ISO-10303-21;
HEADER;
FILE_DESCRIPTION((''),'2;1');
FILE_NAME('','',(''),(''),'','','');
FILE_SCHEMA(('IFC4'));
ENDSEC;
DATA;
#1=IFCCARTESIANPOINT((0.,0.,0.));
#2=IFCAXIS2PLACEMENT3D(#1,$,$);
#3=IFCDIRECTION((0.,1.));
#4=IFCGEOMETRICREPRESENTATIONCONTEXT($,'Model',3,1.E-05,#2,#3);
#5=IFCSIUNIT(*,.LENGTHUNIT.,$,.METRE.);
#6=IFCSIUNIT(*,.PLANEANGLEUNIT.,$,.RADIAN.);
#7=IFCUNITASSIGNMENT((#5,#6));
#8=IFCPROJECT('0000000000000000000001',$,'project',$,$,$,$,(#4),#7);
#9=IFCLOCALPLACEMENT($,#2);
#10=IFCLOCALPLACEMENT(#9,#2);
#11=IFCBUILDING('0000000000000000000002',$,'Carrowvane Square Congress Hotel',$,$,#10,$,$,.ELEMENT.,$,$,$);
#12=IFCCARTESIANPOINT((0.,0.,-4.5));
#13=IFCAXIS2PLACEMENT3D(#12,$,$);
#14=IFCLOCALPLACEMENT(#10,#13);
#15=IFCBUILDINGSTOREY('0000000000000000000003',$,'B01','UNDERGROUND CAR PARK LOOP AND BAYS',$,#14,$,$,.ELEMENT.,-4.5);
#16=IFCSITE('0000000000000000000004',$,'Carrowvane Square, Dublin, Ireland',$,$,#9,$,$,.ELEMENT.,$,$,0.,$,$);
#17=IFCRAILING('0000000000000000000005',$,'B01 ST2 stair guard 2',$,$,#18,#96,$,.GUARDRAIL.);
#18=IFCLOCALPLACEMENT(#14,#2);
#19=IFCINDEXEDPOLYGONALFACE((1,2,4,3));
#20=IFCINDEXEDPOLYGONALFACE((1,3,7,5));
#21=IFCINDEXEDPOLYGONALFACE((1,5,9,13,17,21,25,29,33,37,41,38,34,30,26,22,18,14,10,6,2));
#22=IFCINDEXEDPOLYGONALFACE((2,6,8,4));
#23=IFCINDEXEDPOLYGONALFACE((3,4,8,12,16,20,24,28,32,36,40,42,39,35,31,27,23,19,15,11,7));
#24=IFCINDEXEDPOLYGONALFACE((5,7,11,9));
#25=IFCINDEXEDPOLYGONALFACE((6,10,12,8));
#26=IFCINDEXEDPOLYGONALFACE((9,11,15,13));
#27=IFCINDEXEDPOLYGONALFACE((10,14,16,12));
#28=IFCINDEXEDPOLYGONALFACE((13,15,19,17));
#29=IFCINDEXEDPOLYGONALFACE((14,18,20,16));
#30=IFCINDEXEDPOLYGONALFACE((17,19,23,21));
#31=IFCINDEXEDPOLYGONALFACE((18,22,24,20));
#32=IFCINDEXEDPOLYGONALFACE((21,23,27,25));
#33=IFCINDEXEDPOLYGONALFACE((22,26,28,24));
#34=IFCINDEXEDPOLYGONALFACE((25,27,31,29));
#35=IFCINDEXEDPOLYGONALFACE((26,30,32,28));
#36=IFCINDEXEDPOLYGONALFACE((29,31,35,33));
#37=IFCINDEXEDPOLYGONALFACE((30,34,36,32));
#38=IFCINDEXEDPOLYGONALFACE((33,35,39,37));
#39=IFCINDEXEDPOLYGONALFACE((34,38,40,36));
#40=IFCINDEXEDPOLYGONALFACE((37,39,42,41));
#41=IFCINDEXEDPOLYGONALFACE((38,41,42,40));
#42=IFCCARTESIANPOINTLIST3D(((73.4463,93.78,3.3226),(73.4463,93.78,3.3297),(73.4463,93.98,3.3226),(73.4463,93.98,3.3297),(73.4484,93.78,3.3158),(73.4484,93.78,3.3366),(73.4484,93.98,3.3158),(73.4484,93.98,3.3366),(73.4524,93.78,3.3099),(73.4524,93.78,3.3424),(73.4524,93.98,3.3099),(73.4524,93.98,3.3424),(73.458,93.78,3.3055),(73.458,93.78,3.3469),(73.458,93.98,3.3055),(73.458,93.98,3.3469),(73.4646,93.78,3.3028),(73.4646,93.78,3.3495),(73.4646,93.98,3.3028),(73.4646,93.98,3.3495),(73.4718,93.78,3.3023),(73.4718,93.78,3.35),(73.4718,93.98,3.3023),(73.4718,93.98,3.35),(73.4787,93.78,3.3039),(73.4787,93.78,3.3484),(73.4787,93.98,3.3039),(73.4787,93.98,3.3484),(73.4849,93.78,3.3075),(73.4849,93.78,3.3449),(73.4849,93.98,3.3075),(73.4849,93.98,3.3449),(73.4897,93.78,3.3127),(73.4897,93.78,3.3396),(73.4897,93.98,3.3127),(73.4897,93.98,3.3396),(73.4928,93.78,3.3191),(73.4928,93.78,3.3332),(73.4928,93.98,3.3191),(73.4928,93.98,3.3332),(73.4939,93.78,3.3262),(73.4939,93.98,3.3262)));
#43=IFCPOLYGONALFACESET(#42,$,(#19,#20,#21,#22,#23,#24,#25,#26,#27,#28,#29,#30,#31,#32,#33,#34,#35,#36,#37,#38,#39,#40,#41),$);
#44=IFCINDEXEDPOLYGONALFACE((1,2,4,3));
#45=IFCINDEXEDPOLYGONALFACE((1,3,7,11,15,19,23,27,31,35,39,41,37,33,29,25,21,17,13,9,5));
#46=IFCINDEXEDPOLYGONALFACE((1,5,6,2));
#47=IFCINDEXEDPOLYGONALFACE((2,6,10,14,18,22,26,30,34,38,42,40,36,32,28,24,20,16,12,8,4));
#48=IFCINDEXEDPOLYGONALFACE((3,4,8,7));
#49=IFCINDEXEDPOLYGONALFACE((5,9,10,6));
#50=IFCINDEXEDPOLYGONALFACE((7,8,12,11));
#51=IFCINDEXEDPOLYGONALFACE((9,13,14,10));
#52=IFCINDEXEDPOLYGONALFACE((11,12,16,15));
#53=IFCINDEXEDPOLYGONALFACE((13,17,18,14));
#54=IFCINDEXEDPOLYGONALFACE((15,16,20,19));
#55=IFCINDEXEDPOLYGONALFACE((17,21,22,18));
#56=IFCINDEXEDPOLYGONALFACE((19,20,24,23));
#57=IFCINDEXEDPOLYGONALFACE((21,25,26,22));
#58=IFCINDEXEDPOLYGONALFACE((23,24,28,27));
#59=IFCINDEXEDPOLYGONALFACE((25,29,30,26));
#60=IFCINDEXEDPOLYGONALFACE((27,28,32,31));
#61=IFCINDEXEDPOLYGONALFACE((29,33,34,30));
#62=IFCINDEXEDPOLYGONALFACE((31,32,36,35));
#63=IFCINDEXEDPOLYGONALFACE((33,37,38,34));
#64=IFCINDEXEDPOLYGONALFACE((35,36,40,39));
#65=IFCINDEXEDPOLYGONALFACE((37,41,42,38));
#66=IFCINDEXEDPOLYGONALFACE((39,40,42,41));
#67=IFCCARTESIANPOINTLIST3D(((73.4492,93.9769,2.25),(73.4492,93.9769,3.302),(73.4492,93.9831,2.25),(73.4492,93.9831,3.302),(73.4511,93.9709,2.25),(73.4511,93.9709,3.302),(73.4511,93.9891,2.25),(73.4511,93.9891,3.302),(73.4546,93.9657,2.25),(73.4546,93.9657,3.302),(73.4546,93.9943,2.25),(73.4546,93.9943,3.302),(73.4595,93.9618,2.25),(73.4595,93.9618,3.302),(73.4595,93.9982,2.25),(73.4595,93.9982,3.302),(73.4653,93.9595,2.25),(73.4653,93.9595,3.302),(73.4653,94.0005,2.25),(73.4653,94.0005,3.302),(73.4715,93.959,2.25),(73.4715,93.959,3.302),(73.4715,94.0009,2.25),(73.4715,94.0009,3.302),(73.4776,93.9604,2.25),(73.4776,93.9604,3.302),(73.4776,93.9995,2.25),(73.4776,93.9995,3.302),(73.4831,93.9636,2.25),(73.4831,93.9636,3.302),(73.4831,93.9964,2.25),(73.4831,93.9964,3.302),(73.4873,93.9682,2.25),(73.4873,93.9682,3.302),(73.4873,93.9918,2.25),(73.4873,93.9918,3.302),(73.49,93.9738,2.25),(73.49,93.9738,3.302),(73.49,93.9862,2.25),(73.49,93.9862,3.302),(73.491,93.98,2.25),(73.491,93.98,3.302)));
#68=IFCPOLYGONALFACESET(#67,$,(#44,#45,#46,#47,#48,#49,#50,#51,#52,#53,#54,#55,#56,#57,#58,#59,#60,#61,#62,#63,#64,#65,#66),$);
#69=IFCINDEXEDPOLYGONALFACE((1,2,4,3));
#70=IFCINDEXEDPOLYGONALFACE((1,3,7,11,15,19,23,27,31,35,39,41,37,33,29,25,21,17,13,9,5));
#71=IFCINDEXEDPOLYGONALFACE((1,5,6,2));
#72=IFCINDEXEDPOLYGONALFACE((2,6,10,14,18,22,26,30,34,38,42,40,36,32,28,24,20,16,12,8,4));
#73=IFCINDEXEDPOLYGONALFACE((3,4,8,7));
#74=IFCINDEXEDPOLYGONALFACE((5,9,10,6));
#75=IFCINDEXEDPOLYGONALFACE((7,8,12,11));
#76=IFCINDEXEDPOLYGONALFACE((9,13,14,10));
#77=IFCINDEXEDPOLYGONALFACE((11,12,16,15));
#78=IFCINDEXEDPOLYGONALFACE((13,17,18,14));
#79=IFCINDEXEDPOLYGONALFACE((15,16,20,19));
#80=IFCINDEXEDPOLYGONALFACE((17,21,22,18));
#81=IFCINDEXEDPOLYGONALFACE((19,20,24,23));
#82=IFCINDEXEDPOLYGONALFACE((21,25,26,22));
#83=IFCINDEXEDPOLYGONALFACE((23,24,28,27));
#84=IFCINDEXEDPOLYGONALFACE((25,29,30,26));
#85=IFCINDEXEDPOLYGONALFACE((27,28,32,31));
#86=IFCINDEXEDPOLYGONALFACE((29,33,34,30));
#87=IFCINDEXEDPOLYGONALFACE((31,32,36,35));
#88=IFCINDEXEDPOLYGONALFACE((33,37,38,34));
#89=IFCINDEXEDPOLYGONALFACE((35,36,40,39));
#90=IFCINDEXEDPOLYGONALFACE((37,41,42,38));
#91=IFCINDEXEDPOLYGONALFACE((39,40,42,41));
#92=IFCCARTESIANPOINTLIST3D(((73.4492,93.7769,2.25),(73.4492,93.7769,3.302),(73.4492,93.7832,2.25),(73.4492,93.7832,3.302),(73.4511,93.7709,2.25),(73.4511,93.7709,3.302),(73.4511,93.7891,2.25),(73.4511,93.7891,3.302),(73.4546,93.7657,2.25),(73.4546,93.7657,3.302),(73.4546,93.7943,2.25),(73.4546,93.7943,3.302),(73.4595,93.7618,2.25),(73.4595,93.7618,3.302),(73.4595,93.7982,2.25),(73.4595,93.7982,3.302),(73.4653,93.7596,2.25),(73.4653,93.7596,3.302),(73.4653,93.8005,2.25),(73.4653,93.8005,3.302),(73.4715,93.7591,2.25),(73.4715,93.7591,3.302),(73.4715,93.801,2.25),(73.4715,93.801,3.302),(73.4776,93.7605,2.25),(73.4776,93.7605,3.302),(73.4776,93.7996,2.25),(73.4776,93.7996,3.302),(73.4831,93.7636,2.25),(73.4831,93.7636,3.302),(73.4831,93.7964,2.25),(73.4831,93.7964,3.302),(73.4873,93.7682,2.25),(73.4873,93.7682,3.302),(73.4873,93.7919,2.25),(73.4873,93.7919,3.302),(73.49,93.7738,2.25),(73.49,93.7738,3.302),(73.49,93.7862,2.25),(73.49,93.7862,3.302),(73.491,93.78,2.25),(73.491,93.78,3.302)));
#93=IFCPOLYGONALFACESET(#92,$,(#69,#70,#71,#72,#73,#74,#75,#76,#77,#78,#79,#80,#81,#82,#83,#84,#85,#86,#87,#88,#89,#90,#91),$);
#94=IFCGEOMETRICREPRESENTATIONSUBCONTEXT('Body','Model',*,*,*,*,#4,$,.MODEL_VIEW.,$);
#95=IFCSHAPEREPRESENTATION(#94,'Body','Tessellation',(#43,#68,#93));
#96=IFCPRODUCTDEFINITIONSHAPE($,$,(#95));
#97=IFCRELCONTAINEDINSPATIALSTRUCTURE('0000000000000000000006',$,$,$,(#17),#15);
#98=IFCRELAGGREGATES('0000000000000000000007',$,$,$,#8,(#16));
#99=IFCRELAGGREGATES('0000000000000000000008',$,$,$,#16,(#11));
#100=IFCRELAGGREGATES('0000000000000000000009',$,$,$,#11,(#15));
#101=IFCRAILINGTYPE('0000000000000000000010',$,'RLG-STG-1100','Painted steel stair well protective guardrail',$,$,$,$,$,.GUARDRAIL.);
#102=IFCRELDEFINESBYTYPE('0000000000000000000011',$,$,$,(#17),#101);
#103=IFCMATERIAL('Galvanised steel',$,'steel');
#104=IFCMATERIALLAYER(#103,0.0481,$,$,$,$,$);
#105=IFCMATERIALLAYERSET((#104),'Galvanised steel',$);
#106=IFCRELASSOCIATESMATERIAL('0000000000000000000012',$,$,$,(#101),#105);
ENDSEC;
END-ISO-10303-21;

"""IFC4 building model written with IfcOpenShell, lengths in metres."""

from ifc_helpers import new_model, si_unit, direction, frame, origin, origin_2d, place, context, subcontext, project, spatial, circle, extrude, material, layer, layer_set, type_object, element, save


model = new_model("IFC4")

# Units and contexts
model_context = context("Model", 3, precision=1e-05, world=origin(), true_north=direction((0.0, 1.0)))
body_context = subcontext(model_context, "Body", "Model", "MODEL_VIEW")
ifc_project = project(units=[si_unit("LENGTHUNIT", "METRE"), si_unit("PLANEANGLEUNIT", "RADIAN")], contexts=[model_context])

# Site, building, storey
site_placement = place(None, origin())
site = spatial("IfcSite", under=ifc_project, at=site_placement, Name="Carrowvane Square, Dublin, Ireland", CompositionType="ELEMENT", RefElevation=0.0)
building_placement = place(site_placement, origin())
building = spatial("IfcBuilding", under=site, at=building_placement, Name="Carrowvane Square Congress Hotel", CompositionType="ELEMENT")
storey_placement = place(building_placement, frame((0.0, 0.0, -4.5)))
storey = spatial("IfcBuildingStorey", under=building, at=storey_placement, Name="B01", Description="UNDERGROUND CAR PARK LOOP AND BAYS", CompositionType="ELEMENT", Elevation=-4.5)

# Railing
ifc_material_1 = material(Name="Galvanised steel", Category="steel")
ifc_layer_1 = layer(ifc_material_1, 0.0481)
ifc_layer_set_1 = layer_set([ifc_layer_1], Name="Galvanised steel")
railing_type = type_object("IfcRailingType", Name="RLG-STG-1100", Description="Painted steel stair well protective guardrail", PredefinedType="GUARDRAIL", material=ifc_layer_set_1)
railing_placement = place(storey_placement, frame((73.47, 93.98, 2.25)))
element("IfcRailing", 1, at=railing_placement, inside=storey, type_object=railing_type, Name="B01 ST2 stair guard 2", PredefinedType="GUARDRAIL", context=body_context, shape_type="SweptSolid", body=[
    extrude(circle(Radius=0.0239, at=origin_2d()), frame((0.0, 0.0, 1.0762), z_axis=(0.0, -1.0, 0.0), x_axis=(1.0, 0.0, 0.0)), (0.0, 0.0, 1.0), 0.2),
    extrude(circle(Radius=0.021, at=origin_2d()), origin(), (0.0, 0.0, 1.0), 1.052),
    extrude(circle(Radius=0.021, at=origin_2d()), frame((0.0, -0.2, 0.0)), (0.0, 0.0, 1.0), 1.052),
])

save(model, "model.ifc")
